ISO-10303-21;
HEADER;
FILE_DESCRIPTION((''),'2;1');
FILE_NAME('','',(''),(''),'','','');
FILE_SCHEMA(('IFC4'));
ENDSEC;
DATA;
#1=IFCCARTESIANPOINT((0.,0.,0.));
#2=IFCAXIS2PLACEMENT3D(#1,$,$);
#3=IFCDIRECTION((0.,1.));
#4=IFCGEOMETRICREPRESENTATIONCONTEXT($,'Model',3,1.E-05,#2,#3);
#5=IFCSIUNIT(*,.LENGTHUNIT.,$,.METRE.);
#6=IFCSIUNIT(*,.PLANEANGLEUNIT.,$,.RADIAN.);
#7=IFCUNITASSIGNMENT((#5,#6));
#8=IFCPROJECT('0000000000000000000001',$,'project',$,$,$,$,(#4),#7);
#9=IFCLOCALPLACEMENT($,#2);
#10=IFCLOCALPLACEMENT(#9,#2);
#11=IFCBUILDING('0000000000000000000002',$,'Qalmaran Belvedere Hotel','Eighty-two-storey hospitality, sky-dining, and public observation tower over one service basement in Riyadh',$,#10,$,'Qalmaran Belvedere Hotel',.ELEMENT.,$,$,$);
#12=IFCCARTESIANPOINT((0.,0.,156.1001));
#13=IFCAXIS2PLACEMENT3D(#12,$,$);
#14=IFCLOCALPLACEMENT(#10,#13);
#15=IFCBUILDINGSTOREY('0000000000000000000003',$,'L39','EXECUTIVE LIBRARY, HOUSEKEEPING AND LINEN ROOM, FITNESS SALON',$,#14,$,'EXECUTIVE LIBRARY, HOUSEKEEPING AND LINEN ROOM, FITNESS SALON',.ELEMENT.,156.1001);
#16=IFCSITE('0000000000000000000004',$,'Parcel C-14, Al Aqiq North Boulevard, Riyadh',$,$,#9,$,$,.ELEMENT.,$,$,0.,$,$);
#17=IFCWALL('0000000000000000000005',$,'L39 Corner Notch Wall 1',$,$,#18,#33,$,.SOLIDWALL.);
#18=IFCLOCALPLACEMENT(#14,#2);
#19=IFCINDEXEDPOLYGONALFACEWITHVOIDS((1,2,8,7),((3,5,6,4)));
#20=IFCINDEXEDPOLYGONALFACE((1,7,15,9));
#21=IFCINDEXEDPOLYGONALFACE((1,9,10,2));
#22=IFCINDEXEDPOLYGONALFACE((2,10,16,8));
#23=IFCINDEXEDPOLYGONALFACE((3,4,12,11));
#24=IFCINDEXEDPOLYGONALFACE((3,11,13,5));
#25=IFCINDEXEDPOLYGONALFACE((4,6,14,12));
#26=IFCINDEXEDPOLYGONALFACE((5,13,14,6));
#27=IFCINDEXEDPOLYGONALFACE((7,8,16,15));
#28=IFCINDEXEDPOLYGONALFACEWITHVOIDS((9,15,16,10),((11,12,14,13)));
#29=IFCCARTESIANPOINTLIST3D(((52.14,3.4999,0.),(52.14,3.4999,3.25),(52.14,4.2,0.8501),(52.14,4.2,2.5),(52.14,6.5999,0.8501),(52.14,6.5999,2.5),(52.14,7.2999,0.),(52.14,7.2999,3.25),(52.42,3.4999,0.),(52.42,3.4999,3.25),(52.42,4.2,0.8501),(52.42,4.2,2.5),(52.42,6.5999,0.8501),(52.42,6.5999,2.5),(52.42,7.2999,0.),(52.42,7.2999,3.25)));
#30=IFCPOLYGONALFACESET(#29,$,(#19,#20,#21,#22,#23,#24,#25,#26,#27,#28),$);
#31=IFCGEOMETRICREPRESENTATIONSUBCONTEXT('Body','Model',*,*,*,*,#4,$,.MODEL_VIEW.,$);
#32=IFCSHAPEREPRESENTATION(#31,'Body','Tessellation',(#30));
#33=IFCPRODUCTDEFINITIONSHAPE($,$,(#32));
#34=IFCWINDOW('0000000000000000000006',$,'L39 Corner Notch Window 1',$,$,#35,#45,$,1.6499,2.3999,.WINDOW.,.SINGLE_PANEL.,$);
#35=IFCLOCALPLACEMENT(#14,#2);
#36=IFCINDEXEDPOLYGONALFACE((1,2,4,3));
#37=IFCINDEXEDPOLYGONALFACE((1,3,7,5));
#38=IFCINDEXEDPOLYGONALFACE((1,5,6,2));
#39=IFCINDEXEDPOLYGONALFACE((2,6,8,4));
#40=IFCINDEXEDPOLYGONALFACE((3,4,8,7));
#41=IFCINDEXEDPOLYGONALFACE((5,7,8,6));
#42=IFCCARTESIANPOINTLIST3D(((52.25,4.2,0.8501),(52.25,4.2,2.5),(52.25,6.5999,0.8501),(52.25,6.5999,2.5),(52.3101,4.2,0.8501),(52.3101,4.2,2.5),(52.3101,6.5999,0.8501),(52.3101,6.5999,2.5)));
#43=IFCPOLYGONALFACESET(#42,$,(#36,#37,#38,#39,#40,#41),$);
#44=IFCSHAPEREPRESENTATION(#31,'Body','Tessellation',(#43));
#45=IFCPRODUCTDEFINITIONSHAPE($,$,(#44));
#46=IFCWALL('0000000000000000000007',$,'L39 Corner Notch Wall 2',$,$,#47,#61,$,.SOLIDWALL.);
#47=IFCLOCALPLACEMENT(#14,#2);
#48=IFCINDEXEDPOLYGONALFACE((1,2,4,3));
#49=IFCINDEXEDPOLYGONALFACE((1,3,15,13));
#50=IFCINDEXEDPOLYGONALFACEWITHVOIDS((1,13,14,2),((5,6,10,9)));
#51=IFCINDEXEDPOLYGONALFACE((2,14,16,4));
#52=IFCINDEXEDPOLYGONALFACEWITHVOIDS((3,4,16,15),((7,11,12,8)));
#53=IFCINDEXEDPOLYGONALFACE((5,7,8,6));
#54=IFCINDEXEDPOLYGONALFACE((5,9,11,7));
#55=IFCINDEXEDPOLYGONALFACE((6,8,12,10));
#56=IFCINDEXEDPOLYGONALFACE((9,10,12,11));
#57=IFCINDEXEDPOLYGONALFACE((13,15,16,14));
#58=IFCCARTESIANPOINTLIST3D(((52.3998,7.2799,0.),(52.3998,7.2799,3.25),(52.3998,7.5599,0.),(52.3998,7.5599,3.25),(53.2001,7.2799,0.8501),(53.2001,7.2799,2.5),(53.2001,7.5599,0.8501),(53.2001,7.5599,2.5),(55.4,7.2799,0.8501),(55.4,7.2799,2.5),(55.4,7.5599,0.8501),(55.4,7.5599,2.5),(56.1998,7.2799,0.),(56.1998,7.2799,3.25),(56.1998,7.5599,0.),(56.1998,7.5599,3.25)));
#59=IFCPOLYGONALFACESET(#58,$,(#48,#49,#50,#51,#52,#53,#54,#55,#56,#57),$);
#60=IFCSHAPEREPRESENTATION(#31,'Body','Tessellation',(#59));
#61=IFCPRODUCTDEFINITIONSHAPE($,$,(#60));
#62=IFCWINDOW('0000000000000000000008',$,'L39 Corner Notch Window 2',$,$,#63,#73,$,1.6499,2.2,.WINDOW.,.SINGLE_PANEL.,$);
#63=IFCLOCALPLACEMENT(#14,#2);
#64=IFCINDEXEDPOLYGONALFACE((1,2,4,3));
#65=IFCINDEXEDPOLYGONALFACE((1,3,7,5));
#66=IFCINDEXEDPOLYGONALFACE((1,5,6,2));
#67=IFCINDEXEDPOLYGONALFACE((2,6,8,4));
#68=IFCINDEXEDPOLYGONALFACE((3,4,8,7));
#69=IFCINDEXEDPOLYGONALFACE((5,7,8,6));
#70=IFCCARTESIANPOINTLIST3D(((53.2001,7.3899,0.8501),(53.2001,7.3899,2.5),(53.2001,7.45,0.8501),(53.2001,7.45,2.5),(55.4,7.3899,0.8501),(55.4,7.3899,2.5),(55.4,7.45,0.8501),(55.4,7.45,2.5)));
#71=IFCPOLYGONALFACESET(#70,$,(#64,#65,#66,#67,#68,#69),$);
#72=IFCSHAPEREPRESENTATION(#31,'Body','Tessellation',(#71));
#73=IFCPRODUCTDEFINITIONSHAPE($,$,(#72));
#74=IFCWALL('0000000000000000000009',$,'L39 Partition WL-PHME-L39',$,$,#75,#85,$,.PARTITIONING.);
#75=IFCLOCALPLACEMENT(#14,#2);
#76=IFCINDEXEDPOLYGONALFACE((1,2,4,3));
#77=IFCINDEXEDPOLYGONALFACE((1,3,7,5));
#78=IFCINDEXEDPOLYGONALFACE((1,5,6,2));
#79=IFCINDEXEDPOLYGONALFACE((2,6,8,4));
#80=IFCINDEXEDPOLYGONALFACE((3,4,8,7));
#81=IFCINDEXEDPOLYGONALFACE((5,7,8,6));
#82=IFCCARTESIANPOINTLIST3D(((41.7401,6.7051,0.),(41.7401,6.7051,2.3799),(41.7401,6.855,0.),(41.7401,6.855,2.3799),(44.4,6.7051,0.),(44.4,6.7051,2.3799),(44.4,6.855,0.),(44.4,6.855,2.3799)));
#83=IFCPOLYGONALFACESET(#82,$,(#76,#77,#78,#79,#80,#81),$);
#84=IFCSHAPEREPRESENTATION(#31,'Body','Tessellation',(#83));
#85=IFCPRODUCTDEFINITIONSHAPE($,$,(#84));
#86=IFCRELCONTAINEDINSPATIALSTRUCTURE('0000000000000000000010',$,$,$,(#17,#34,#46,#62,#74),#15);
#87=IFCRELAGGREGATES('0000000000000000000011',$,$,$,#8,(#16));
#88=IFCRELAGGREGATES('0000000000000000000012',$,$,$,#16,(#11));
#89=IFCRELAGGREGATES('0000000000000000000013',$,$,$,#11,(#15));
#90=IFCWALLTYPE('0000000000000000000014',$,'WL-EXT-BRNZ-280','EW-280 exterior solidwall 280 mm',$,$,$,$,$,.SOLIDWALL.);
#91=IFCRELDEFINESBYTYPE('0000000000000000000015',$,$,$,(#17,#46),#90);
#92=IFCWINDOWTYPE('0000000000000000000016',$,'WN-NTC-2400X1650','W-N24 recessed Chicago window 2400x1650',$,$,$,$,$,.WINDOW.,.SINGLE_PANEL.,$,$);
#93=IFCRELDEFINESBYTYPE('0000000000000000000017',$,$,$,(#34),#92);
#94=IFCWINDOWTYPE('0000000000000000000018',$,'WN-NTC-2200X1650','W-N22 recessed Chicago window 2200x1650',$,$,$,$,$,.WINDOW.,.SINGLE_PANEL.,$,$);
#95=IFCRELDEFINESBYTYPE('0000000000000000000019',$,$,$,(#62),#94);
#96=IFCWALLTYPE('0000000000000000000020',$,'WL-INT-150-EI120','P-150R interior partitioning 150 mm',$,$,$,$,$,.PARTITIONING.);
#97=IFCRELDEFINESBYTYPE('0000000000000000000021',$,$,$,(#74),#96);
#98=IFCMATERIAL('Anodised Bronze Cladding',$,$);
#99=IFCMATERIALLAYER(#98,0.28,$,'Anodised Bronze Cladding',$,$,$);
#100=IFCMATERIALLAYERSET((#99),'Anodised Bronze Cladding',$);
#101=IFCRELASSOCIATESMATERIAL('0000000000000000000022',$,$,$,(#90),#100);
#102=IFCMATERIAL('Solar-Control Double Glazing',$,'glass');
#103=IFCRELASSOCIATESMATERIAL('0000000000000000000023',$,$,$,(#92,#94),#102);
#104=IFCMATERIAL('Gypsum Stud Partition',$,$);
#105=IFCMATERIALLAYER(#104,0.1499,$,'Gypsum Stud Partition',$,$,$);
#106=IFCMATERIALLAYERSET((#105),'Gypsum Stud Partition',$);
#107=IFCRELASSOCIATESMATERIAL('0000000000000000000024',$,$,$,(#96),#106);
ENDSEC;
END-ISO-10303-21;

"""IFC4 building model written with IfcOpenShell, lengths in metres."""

from ifc_helpers import new_model, si_unit, direction, frame, frame_2d, origin, place, context, subcontext, project, spatial, rectangle, extrude, material, layer, layer_set, type_object, element, fill, save


model = new_model("IFC4")

# Units and contexts
model_context = context("Model", 3, precision=1e-05, world=origin(), true_north=direction((0.0, 1.0)))
body_context = subcontext(model_context, "Body", "Model", "MODEL_VIEW")
ifc_project = project(units=[si_unit("LENGTHUNIT", "METRE"), si_unit("PLANEANGLEUNIT", "RADIAN")], contexts=[model_context])

# Site, building, storey
site_placement = place(None, origin())
site = spatial("IfcSite", under=ifc_project, at=site_placement, Name="Parcel C-14, Al Aqiq North Boulevard, Riyadh", CompositionType="ELEMENT", RefElevation=0.0)
building_placement = place(site_placement, origin())
building = spatial("IfcBuilding", under=site, at=building_placement, Name="Qalmaran Belvedere Hotel", Description="Eighty-two-storey hospitality, sky-dining, and public observation tower over one service basement in Riyadh", LongName="Qalmaran Belvedere Hotel", CompositionType="ELEMENT")
storey_placement = place(building_placement, frame((0.0, 0.0, 156.1001)))
storey = spatial("IfcBuildingStorey", under=building, at=storey_placement, Name="L39", Description="EXECUTIVE LIBRARY, HOUSEKEEPING AND LINEN ROOM, FITNESS SALON", LongName="EXECUTIVE LIBRARY, HOUSEKEEPING AND LINEN ROOM, FITNESS SALON", CompositionType="ELEMENT", Elevation=156.1001)

# Shared definitions
ifc_material_1 = material(Name="Solar-Control Double Glazing", Category="glass")

# Walls, openings, windows
ifc_material_2 = material(Name="Anodised Bronze Cladding")
ifc_layer_1 = layer(ifc_material_2, 0.28, Name="Anodised Bronze Cladding")
ifc_layer_set_1 = layer_set([ifc_layer_1], Name="Anodised Bronze Cladding")
wall_type_1 = type_object("IfcWallType", Name="WL-EXT-BRNZ-280", Description="EW-280 exterior solidwall 280 mm", PredefinedType="SOLIDWALL", material=ifc_layer_set_1)
wall_1_placement = place(storey_placement, frame((52.28, 3.5, 0.0), z_axis=(0.0, 0.0, 1.0), x_axis=(0.0, 1.0, 0.0)))
wall_1 = element("IfcWall", 1, at=wall_1_placement, inside=storey, type_object=wall_type_1, Name="L39 Corner Notch Wall 1", PredefinedType="SOLIDWALL", context=body_context, shape_type="SweptSolid", body=[
    extrude(rectangle(XDim=3.8, YDim=0.28, at=frame_2d((1.8999, 0.0))), origin(), (0.0, 0.0, 1.0), 3.25),
])
opening_1_placement = place(wall_1_placement, frame((0.7, 0.0, 0.8501)))
opening_1 = element("IfcOpeningElement", 2, at=opening_1_placement, cuts=wall_1, PredefinedType="OPENING", context=body_context, shape_type="SweptSolid", body=[
    extrude(rectangle(XDim=2.3999, YDim=1.6499, at=frame_2d((1.2, 0.825))), frame((0.0, 0.1499, 0.0), z_axis=(0.0, -1.0, 0.0), x_axis=(1.0, 0.0, 0.0)), (0.0, 0.0, 1.0), 0.3),
])
window_type_1 = type_object("IfcWindowType", Name="WN-NTC-2400X1650", Description="W-N24 recessed Chicago window 2400x1650", PartitioningType="SINGLE_PANEL", PredefinedType="WINDOW", material=ifc_material_1)
window_1_placement = place(opening_1_placement, origin())
window_1 = element("IfcWindow", 3, at=window_1_placement, inside=storey, type_object=window_type_1, Name="L39 Corner Notch Window 1", OverallHeight=1.6499, OverallWidth=2.3999, PartitioningType="SINGLE_PANEL", PredefinedType="WINDOW", context=body_context, shape_type="SweptSolid", body=[
    extrude(rectangle(XDim=2.3999, YDim=1.6499, at=frame_2d((1.2, 0.825))), frame((0.0, 0.03, 0.0), z_axis=(0.0, -1.0, 0.0), x_axis=(1.0, 0.0, 0.0)), (0.0, 0.0, 1.0), 0.0601),
])
fill(opening_1, window_1)
wall_2_placement = place(storey_placement, frame((52.3999, 7.4199, 0.0), z_axis=(0.0, 0.0, 1.0), x_axis=(1.0, 0.0, 0.0)))
wall_2 = element("IfcWall", 4, at=wall_2_placement, inside=storey, type_object=wall_type_1, Name="L39 Corner Notch Wall 2", PredefinedType="SOLIDWALL", context=body_context, shape_type="SweptSolid", body=[
    extrude(rectangle(XDim=3.8, YDim=0.28, at=frame_2d((1.8999, 0.0))), origin(), (0.0, 0.0, 1.0), 3.25),
])
opening_2_placement = place(wall_2_placement, frame((0.8, 0.0, 0.8501)))
opening_2 = element("IfcOpeningElement", 5, at=opening_2_placement, cuts=wall_2, PredefinedType="OPENING", context=body_context, shape_type="SweptSolid", body=[
    extrude(rectangle(XDim=2.2, YDim=1.6499, at=frame_2d((1.1001, 0.825))), frame((0.0, 0.1499, 0.0), z_axis=(0.0, -1.0, 0.0), x_axis=(1.0, 0.0, 0.0)), (0.0, 0.0, 1.0), 0.3),
])
window_type_2 = type_object("IfcWindowType", Name="WN-NTC-2200X1650", Description="W-N22 recessed Chicago window 2200x1650", PartitioningType="SINGLE_PANEL", PredefinedType="WINDOW", material=ifc_material_1)
window_2_placement = place(opening_2_placement, origin())
window_2 = element("IfcWindow", 6, at=window_2_placement, inside=storey, type_object=window_type_2, Name="L39 Corner Notch Window 2", OverallHeight=1.6499, OverallWidth=2.2, PartitioningType="SINGLE_PANEL", PredefinedType="WINDOW", context=body_context, shape_type="SweptSolid", body=[
    extrude(rectangle(XDim=2.2, YDim=1.6499, at=frame_2d((1.1001, 0.825))), frame((0.0, 0.03, 0.0), z_axis=(0.0, -1.0, 0.0), x_axis=(1.0, 0.0, 0.0)), (0.0, 0.0, 1.0), 0.0601),
])
fill(opening_2, window_2)

# Wall
ifc_material_3 = material(Name="Gypsum Stud Partition")
ifc_layer_2 = layer(ifc_material_3, 0.1499, Name="Gypsum Stud Partition")
ifc_layer_set_2 = layer_set([ifc_layer_2], Name="Gypsum Stud Partition")
wall_type_2 = type_object("IfcWallType", Name="WL-INT-150-EI120", Description="P-150R interior partitioning 150 mm", PredefinedType="PARTITIONING", material=ifc_layer_set_2)
wall_3_placement = place(storey_placement, frame((41.74, 6.78, 0.0), z_axis=(0.0, 0.0, 1.0), x_axis=(1.0, 0.0, 0.0)))
element("IfcWall", 7, at=wall_3_placement, inside=storey, type_object=wall_type_2, Name="L39 Partition WL-PHME-L39", PredefinedType="PARTITIONING", context=body_context, shape_type="SweptSolid", body=[
    extrude(rectangle(XDim=2.6599, YDim=0.1499, at=frame_2d((1.3301, 0.0))), origin(), (0.0, 0.0, 1.0), 2.3799),
])

save(model, "model.ifc")
